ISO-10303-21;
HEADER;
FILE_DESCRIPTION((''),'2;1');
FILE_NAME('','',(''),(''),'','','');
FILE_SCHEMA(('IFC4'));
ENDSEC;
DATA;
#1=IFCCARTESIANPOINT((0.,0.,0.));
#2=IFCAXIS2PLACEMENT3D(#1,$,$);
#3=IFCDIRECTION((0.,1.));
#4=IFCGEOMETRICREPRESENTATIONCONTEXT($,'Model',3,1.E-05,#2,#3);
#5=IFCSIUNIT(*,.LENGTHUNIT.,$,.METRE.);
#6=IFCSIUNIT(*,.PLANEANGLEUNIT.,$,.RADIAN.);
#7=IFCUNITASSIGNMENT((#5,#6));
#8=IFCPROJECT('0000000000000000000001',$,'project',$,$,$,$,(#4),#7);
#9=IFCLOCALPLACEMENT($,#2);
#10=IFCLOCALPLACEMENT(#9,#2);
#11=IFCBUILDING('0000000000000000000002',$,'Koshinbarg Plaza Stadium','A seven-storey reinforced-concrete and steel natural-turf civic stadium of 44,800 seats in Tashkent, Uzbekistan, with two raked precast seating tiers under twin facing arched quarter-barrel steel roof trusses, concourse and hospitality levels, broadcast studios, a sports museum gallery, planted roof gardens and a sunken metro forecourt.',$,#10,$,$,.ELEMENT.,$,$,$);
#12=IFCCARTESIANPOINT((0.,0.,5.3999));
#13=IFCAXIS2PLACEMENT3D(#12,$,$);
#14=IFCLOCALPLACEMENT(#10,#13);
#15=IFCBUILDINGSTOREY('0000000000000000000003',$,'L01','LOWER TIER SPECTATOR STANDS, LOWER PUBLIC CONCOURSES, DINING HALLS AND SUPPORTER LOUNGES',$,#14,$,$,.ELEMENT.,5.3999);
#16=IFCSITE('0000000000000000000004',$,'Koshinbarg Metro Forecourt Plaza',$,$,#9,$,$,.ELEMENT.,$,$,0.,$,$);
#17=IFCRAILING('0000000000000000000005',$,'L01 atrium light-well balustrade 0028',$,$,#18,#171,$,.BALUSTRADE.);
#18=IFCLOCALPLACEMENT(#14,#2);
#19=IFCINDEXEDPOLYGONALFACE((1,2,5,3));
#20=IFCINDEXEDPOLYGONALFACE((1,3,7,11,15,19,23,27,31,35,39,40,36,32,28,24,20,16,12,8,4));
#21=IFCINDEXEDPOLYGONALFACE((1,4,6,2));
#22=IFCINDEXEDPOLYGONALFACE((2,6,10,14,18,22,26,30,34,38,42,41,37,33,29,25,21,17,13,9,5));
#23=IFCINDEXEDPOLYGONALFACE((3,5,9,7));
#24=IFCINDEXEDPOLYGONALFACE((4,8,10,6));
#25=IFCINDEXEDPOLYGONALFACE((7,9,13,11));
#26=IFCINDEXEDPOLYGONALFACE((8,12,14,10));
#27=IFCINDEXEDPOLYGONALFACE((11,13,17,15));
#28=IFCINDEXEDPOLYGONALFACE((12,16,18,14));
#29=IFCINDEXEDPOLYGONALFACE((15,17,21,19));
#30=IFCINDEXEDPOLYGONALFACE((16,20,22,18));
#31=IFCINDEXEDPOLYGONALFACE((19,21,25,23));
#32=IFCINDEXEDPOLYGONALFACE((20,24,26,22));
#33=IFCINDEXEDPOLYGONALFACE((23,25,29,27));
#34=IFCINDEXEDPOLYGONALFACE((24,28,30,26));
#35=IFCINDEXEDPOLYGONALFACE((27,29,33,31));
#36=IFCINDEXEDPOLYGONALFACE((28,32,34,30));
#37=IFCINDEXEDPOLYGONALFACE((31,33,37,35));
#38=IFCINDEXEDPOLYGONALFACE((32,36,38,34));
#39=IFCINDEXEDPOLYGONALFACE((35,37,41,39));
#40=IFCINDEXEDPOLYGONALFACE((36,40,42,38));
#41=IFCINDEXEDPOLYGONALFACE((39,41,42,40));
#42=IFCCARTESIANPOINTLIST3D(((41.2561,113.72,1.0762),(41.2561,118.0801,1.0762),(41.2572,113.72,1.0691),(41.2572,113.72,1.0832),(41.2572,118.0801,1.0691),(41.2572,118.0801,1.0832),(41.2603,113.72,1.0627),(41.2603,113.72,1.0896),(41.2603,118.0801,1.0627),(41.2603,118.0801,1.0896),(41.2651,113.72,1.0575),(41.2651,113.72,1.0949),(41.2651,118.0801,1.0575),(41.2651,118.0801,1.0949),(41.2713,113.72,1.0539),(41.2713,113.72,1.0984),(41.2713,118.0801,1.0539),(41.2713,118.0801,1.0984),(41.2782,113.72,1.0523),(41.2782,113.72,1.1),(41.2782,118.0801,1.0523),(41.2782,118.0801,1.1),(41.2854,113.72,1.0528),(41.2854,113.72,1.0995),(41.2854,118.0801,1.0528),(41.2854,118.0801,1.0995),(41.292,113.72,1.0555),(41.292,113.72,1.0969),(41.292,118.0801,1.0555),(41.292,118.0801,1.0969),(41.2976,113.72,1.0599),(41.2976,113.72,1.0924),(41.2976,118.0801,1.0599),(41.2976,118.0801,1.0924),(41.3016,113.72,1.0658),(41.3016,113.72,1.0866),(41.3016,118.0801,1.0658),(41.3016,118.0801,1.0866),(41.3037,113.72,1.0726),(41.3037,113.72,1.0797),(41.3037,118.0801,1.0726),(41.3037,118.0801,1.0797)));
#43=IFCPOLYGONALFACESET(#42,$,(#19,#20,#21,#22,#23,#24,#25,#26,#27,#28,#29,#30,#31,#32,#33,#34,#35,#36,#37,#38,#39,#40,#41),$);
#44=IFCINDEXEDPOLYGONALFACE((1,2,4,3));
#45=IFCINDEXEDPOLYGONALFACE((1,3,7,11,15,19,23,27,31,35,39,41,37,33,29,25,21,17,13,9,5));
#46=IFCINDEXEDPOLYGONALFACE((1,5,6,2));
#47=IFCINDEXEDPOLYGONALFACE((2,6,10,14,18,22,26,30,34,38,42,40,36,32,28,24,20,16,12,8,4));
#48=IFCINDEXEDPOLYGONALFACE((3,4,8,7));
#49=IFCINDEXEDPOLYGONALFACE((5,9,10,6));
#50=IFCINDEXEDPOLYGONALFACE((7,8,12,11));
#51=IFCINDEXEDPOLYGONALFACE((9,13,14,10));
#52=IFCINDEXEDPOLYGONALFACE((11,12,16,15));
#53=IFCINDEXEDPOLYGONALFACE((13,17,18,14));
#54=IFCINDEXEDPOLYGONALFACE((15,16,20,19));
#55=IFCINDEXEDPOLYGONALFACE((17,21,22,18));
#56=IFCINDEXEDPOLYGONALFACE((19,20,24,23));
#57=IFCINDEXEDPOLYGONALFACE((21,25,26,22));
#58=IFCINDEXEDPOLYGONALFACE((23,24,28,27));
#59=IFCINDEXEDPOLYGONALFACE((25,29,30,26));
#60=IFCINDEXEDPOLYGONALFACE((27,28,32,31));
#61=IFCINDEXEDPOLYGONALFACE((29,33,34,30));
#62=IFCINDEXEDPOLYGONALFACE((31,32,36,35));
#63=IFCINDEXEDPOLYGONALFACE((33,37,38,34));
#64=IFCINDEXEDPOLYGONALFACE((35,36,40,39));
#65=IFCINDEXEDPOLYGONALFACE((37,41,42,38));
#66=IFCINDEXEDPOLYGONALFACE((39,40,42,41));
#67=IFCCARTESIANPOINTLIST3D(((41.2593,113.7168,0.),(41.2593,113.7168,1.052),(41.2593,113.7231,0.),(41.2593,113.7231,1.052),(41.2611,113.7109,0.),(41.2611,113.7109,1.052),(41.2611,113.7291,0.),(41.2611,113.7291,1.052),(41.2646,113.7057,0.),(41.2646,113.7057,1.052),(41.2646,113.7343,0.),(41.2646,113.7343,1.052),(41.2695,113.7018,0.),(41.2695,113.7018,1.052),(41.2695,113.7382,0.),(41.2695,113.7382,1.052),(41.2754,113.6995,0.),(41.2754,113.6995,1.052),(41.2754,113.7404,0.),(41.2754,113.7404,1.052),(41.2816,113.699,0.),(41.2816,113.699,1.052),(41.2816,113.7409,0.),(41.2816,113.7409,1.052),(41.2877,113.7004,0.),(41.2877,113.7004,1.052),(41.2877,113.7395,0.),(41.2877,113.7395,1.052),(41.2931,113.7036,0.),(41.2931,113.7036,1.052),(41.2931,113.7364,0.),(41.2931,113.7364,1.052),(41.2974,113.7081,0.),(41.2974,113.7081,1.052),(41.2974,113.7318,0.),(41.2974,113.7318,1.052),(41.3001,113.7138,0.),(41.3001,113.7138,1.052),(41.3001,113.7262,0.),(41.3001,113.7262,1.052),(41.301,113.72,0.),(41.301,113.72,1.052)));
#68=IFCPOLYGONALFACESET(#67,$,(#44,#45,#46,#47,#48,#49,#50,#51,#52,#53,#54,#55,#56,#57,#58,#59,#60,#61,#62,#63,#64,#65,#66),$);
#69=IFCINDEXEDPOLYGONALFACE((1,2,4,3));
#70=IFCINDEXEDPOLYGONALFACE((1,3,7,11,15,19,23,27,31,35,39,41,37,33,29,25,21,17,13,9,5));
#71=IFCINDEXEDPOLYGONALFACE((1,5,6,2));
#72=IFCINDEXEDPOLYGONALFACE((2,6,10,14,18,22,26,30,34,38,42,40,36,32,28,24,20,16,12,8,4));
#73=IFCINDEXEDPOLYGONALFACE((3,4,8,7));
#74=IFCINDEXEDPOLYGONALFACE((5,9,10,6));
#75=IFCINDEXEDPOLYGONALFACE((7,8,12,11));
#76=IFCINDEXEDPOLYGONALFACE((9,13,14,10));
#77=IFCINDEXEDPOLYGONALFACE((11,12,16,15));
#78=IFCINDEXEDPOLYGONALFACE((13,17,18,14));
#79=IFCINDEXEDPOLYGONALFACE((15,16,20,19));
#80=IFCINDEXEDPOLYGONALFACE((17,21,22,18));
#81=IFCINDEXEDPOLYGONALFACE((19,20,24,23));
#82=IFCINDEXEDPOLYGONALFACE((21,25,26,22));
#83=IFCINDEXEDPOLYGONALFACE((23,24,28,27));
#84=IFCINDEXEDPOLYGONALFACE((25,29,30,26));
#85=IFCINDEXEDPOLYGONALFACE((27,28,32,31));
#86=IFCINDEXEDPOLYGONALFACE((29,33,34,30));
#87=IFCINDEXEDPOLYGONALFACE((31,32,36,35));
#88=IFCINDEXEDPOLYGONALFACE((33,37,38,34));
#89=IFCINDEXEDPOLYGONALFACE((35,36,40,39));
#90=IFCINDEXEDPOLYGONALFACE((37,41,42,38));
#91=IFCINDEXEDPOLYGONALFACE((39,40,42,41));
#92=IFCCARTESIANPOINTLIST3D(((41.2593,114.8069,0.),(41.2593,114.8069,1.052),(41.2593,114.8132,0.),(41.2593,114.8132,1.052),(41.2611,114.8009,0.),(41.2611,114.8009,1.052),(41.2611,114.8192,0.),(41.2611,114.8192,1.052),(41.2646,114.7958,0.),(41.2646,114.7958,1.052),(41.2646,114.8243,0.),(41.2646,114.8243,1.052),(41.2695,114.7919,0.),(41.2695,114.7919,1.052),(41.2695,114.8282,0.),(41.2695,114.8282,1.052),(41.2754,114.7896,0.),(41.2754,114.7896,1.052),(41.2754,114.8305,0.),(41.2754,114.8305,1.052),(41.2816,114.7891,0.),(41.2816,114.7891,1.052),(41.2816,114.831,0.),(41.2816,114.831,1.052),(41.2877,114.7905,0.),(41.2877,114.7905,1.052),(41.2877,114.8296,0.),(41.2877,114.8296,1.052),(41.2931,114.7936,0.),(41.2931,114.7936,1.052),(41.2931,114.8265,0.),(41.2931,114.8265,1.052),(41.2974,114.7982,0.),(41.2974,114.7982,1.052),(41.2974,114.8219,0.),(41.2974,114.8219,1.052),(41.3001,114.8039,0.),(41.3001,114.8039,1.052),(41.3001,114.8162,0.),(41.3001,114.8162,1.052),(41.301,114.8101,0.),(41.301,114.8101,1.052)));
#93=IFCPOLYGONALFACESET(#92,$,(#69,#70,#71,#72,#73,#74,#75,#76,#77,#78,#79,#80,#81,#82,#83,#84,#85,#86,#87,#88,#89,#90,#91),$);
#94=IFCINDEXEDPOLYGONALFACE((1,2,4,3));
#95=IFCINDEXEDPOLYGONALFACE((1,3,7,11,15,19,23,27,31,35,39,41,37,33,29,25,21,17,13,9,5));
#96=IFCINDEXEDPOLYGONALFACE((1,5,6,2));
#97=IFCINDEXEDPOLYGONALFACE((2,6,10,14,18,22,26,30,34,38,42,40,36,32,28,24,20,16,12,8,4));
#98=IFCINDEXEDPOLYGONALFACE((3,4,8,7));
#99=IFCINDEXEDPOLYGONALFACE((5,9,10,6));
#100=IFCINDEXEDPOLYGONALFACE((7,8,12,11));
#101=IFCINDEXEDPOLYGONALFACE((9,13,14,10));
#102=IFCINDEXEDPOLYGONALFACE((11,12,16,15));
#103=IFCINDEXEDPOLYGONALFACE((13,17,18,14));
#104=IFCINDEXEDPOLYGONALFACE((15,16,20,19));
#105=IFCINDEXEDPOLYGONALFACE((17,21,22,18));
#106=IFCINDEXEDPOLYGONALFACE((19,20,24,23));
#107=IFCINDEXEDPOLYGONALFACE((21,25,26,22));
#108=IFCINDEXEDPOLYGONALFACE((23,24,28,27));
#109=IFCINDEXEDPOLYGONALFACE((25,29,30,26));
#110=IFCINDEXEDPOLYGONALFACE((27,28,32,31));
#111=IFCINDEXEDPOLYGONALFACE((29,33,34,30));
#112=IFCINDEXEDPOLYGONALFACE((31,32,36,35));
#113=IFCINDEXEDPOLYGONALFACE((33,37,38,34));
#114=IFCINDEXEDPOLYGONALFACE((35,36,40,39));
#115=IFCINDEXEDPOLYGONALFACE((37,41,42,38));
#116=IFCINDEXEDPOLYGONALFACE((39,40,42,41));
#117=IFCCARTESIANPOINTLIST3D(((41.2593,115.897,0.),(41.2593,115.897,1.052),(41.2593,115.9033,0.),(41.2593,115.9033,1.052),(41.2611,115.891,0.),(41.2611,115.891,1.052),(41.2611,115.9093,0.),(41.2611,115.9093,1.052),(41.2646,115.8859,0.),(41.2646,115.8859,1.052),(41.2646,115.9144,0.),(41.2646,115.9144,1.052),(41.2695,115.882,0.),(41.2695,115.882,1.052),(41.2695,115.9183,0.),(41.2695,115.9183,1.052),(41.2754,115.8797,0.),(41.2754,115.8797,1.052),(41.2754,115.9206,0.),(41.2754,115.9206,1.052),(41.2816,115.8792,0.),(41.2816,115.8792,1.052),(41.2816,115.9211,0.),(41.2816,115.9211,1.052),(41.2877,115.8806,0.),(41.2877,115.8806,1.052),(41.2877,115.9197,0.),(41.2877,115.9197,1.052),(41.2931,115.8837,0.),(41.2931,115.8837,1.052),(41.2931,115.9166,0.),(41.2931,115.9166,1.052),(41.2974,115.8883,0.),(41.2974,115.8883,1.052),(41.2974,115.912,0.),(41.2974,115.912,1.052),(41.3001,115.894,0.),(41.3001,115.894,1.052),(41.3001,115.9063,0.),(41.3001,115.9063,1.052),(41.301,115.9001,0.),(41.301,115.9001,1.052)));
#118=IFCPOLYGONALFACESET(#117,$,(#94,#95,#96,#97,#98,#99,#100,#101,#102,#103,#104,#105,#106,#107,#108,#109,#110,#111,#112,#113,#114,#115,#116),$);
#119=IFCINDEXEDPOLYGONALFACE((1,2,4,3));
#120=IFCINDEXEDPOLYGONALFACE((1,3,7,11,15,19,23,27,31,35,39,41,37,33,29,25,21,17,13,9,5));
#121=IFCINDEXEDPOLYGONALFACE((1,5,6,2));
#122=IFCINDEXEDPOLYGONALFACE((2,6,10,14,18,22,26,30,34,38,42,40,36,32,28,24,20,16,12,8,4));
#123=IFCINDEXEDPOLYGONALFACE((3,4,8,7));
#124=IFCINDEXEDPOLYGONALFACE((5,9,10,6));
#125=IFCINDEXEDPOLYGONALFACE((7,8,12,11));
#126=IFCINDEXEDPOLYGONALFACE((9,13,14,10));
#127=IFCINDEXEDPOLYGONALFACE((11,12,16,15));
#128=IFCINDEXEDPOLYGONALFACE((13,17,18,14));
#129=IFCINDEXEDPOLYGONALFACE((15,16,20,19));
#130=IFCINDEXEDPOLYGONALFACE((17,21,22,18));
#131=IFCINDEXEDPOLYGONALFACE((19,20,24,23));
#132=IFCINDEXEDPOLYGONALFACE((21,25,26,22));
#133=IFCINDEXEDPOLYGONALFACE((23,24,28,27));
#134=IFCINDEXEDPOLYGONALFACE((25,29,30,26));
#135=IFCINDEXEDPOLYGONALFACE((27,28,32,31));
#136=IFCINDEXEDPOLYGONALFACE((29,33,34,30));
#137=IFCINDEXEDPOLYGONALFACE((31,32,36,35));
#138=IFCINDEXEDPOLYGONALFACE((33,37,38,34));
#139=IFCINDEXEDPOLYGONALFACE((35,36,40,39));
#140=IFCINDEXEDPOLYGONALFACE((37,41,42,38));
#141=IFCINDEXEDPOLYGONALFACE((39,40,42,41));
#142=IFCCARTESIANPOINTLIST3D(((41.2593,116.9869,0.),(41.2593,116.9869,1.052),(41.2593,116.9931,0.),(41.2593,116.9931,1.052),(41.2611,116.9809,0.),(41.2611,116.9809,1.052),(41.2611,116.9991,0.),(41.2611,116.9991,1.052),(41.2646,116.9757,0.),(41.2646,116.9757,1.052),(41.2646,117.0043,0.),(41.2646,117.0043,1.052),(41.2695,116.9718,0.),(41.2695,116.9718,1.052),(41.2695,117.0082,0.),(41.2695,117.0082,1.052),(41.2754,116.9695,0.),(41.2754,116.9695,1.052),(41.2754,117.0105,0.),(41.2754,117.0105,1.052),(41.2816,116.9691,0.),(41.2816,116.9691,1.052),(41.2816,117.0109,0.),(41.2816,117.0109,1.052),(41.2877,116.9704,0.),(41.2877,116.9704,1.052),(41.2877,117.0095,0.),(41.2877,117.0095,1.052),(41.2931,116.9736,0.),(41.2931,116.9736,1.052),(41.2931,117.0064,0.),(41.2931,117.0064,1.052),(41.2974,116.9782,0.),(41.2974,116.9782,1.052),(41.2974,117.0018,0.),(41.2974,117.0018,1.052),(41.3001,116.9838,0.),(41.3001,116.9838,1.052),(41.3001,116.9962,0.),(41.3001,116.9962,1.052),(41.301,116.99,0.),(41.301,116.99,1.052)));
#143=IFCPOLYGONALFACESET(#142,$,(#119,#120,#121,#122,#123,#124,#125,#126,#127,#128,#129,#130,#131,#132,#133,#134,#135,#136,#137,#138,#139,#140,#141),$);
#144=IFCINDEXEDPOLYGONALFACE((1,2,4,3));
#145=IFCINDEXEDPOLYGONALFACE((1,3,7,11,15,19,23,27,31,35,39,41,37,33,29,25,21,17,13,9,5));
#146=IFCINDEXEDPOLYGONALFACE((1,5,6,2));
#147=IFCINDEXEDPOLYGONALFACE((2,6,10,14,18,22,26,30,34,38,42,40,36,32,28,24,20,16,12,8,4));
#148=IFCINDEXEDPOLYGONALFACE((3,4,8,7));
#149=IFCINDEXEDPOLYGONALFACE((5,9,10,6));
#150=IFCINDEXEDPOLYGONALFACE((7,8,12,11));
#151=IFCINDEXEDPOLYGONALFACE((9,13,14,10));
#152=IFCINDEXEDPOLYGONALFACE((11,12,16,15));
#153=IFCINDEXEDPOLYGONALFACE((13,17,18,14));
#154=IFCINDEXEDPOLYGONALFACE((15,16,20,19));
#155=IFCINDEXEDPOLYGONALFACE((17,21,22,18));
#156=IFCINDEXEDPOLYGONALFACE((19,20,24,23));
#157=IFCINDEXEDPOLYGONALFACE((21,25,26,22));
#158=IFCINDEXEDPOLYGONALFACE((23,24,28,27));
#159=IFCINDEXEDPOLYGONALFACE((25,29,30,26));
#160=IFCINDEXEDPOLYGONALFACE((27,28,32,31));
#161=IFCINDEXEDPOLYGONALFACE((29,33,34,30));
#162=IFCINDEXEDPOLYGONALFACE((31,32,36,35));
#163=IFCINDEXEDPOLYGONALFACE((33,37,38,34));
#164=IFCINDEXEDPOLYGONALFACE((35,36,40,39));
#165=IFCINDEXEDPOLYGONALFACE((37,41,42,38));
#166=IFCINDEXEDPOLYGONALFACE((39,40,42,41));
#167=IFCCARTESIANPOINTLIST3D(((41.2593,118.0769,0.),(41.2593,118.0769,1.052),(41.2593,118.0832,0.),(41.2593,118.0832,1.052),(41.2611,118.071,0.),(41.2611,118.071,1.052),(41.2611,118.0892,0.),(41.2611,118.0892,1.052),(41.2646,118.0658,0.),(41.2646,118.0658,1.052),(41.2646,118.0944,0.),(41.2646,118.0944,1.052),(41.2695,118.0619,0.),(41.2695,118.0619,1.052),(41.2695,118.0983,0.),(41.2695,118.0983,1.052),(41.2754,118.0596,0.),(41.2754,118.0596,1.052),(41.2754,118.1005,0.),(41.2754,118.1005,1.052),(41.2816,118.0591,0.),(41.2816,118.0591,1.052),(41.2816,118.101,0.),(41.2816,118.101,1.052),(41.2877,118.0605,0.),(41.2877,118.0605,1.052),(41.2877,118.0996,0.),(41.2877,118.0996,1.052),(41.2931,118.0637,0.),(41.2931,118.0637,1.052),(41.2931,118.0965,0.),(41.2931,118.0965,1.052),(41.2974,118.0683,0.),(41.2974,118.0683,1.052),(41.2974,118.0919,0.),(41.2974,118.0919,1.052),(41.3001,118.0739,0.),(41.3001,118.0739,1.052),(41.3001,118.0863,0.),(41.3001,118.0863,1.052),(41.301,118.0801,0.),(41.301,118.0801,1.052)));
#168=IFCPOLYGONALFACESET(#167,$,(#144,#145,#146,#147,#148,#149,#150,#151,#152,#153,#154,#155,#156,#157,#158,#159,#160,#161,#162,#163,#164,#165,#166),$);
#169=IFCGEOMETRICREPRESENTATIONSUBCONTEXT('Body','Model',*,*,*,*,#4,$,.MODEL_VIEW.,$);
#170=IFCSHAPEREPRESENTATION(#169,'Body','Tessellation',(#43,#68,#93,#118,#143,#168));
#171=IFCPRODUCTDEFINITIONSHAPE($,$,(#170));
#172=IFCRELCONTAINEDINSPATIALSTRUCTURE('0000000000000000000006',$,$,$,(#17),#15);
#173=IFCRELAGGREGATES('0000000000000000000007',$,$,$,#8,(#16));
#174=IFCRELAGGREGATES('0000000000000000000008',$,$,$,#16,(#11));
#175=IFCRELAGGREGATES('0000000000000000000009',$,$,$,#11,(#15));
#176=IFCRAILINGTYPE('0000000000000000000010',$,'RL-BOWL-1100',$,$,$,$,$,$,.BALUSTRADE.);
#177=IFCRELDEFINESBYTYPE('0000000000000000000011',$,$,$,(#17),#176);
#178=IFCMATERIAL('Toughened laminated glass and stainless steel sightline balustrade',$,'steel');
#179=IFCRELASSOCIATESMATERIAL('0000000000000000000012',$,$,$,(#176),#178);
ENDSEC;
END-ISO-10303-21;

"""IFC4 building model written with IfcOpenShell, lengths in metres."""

from ifc_helpers import new_model, si_unit, direction, frame, origin, origin_2d, place, context, subcontext, project, spatial, circle, extrude, material, type_object, element, save


model = new_model("IFC4")

# Units and contexts
model_context = context("Model", 3, precision=1e-05, world=origin(), true_north=direction((0.0, 1.0)))
body_context = subcontext(model_context, "Body", "Model", "MODEL_VIEW")
ifc_project = project(units=[si_unit("LENGTHUNIT", "METRE"), si_unit("PLANEANGLEUNIT", "RADIAN")], contexts=[model_context])

# Site, building, storey
site_placement = place(None, origin())
site = spatial("IfcSite", under=ifc_project, at=site_placement, Name="Koshinbarg Metro Forecourt Plaza", CompositionType="ELEMENT", RefElevation=0.0)
building_placement = place(site_placement, origin())
building = spatial("IfcBuilding", under=site, at=building_placement, Name="Koshinbarg Plaza Stadium", Description="A seven-storey reinforced-concrete and steel natural-turf civic stadium of 44,800 seats in Tashkent, Uzbekistan, with two raked precast seating tiers under twin facing arched quarter-barrel steel roof trusses, concourse and hospitality levels, broadcast studios, a sports museum gallery, planted roof gardens and a sunken metro forecourt.", CompositionType="ELEMENT")
storey_placement = place(building_placement, frame((0.0, 0.0, 5.3999)))
storey = spatial("IfcBuildingStorey", under=building, at=storey_placement, Name="L01", Description="LOWER TIER SPECTATOR STANDS, LOWER PUBLIC CONCOURSES, DINING HALLS AND SUPPORTER LOUNGES", CompositionType="ELEMENT", Elevation=5.3999)

# Railing
ifc_material_1 = material(Name="Toughened laminated glass and stainless steel sightline balustrade", Category="steel")
railing_type_1 = type_object("IfcRailingType", Name="RL-BOWL-1100", PredefinedType="BALUSTRADE", material=ifc_material_1)
railing_1_placement = place(storey_placement, frame((41.28, 113.72, 0.0)))
element("IfcRailing", 1, at=railing_1_placement, inside=storey, type_object=railing_type_1, Name="L01 atrium light-well balustrade 0028", PredefinedType="BALUSTRADE", context=body_context, shape_type="SweptSolid", body=[
    extrude(circle(Radius=0.0239, at=origin_2d()), frame((0.0, 0.0, 1.0762), z_axis=(0.0, 1.0, 0.0), x_axis=(-1.0, 0.0, 0.0)), (0.0, 0.0, 1.0), 4.3601),
    extrude(circle(Radius=0.021, at=origin_2d()), origin(), (0.0, 0.0, 1.0), 1.052),
    extrude(circle(Radius=0.021, at=origin_2d()), frame((0.0, 1.0901, 0.0)), (0.0, 0.0, 1.0), 1.052),
    extrude(circle(Radius=0.021, at=origin_2d()), frame((0.0, 2.1802, 0.0)), (0.0, 0.0, 1.0), 1.052),
    extrude(circle(Radius=0.021, at=origin_2d()), frame((0.0, 3.27, 0.0)), (0.0, 0.0, 1.0), 1.052),
    extrude(circle(Radius=0.021, at=origin_2d()), frame((0.0, 4.3601, 0.0)), (0.0, 0.0, 1.0), 1.052),
])

save(model, "model.ifc")
